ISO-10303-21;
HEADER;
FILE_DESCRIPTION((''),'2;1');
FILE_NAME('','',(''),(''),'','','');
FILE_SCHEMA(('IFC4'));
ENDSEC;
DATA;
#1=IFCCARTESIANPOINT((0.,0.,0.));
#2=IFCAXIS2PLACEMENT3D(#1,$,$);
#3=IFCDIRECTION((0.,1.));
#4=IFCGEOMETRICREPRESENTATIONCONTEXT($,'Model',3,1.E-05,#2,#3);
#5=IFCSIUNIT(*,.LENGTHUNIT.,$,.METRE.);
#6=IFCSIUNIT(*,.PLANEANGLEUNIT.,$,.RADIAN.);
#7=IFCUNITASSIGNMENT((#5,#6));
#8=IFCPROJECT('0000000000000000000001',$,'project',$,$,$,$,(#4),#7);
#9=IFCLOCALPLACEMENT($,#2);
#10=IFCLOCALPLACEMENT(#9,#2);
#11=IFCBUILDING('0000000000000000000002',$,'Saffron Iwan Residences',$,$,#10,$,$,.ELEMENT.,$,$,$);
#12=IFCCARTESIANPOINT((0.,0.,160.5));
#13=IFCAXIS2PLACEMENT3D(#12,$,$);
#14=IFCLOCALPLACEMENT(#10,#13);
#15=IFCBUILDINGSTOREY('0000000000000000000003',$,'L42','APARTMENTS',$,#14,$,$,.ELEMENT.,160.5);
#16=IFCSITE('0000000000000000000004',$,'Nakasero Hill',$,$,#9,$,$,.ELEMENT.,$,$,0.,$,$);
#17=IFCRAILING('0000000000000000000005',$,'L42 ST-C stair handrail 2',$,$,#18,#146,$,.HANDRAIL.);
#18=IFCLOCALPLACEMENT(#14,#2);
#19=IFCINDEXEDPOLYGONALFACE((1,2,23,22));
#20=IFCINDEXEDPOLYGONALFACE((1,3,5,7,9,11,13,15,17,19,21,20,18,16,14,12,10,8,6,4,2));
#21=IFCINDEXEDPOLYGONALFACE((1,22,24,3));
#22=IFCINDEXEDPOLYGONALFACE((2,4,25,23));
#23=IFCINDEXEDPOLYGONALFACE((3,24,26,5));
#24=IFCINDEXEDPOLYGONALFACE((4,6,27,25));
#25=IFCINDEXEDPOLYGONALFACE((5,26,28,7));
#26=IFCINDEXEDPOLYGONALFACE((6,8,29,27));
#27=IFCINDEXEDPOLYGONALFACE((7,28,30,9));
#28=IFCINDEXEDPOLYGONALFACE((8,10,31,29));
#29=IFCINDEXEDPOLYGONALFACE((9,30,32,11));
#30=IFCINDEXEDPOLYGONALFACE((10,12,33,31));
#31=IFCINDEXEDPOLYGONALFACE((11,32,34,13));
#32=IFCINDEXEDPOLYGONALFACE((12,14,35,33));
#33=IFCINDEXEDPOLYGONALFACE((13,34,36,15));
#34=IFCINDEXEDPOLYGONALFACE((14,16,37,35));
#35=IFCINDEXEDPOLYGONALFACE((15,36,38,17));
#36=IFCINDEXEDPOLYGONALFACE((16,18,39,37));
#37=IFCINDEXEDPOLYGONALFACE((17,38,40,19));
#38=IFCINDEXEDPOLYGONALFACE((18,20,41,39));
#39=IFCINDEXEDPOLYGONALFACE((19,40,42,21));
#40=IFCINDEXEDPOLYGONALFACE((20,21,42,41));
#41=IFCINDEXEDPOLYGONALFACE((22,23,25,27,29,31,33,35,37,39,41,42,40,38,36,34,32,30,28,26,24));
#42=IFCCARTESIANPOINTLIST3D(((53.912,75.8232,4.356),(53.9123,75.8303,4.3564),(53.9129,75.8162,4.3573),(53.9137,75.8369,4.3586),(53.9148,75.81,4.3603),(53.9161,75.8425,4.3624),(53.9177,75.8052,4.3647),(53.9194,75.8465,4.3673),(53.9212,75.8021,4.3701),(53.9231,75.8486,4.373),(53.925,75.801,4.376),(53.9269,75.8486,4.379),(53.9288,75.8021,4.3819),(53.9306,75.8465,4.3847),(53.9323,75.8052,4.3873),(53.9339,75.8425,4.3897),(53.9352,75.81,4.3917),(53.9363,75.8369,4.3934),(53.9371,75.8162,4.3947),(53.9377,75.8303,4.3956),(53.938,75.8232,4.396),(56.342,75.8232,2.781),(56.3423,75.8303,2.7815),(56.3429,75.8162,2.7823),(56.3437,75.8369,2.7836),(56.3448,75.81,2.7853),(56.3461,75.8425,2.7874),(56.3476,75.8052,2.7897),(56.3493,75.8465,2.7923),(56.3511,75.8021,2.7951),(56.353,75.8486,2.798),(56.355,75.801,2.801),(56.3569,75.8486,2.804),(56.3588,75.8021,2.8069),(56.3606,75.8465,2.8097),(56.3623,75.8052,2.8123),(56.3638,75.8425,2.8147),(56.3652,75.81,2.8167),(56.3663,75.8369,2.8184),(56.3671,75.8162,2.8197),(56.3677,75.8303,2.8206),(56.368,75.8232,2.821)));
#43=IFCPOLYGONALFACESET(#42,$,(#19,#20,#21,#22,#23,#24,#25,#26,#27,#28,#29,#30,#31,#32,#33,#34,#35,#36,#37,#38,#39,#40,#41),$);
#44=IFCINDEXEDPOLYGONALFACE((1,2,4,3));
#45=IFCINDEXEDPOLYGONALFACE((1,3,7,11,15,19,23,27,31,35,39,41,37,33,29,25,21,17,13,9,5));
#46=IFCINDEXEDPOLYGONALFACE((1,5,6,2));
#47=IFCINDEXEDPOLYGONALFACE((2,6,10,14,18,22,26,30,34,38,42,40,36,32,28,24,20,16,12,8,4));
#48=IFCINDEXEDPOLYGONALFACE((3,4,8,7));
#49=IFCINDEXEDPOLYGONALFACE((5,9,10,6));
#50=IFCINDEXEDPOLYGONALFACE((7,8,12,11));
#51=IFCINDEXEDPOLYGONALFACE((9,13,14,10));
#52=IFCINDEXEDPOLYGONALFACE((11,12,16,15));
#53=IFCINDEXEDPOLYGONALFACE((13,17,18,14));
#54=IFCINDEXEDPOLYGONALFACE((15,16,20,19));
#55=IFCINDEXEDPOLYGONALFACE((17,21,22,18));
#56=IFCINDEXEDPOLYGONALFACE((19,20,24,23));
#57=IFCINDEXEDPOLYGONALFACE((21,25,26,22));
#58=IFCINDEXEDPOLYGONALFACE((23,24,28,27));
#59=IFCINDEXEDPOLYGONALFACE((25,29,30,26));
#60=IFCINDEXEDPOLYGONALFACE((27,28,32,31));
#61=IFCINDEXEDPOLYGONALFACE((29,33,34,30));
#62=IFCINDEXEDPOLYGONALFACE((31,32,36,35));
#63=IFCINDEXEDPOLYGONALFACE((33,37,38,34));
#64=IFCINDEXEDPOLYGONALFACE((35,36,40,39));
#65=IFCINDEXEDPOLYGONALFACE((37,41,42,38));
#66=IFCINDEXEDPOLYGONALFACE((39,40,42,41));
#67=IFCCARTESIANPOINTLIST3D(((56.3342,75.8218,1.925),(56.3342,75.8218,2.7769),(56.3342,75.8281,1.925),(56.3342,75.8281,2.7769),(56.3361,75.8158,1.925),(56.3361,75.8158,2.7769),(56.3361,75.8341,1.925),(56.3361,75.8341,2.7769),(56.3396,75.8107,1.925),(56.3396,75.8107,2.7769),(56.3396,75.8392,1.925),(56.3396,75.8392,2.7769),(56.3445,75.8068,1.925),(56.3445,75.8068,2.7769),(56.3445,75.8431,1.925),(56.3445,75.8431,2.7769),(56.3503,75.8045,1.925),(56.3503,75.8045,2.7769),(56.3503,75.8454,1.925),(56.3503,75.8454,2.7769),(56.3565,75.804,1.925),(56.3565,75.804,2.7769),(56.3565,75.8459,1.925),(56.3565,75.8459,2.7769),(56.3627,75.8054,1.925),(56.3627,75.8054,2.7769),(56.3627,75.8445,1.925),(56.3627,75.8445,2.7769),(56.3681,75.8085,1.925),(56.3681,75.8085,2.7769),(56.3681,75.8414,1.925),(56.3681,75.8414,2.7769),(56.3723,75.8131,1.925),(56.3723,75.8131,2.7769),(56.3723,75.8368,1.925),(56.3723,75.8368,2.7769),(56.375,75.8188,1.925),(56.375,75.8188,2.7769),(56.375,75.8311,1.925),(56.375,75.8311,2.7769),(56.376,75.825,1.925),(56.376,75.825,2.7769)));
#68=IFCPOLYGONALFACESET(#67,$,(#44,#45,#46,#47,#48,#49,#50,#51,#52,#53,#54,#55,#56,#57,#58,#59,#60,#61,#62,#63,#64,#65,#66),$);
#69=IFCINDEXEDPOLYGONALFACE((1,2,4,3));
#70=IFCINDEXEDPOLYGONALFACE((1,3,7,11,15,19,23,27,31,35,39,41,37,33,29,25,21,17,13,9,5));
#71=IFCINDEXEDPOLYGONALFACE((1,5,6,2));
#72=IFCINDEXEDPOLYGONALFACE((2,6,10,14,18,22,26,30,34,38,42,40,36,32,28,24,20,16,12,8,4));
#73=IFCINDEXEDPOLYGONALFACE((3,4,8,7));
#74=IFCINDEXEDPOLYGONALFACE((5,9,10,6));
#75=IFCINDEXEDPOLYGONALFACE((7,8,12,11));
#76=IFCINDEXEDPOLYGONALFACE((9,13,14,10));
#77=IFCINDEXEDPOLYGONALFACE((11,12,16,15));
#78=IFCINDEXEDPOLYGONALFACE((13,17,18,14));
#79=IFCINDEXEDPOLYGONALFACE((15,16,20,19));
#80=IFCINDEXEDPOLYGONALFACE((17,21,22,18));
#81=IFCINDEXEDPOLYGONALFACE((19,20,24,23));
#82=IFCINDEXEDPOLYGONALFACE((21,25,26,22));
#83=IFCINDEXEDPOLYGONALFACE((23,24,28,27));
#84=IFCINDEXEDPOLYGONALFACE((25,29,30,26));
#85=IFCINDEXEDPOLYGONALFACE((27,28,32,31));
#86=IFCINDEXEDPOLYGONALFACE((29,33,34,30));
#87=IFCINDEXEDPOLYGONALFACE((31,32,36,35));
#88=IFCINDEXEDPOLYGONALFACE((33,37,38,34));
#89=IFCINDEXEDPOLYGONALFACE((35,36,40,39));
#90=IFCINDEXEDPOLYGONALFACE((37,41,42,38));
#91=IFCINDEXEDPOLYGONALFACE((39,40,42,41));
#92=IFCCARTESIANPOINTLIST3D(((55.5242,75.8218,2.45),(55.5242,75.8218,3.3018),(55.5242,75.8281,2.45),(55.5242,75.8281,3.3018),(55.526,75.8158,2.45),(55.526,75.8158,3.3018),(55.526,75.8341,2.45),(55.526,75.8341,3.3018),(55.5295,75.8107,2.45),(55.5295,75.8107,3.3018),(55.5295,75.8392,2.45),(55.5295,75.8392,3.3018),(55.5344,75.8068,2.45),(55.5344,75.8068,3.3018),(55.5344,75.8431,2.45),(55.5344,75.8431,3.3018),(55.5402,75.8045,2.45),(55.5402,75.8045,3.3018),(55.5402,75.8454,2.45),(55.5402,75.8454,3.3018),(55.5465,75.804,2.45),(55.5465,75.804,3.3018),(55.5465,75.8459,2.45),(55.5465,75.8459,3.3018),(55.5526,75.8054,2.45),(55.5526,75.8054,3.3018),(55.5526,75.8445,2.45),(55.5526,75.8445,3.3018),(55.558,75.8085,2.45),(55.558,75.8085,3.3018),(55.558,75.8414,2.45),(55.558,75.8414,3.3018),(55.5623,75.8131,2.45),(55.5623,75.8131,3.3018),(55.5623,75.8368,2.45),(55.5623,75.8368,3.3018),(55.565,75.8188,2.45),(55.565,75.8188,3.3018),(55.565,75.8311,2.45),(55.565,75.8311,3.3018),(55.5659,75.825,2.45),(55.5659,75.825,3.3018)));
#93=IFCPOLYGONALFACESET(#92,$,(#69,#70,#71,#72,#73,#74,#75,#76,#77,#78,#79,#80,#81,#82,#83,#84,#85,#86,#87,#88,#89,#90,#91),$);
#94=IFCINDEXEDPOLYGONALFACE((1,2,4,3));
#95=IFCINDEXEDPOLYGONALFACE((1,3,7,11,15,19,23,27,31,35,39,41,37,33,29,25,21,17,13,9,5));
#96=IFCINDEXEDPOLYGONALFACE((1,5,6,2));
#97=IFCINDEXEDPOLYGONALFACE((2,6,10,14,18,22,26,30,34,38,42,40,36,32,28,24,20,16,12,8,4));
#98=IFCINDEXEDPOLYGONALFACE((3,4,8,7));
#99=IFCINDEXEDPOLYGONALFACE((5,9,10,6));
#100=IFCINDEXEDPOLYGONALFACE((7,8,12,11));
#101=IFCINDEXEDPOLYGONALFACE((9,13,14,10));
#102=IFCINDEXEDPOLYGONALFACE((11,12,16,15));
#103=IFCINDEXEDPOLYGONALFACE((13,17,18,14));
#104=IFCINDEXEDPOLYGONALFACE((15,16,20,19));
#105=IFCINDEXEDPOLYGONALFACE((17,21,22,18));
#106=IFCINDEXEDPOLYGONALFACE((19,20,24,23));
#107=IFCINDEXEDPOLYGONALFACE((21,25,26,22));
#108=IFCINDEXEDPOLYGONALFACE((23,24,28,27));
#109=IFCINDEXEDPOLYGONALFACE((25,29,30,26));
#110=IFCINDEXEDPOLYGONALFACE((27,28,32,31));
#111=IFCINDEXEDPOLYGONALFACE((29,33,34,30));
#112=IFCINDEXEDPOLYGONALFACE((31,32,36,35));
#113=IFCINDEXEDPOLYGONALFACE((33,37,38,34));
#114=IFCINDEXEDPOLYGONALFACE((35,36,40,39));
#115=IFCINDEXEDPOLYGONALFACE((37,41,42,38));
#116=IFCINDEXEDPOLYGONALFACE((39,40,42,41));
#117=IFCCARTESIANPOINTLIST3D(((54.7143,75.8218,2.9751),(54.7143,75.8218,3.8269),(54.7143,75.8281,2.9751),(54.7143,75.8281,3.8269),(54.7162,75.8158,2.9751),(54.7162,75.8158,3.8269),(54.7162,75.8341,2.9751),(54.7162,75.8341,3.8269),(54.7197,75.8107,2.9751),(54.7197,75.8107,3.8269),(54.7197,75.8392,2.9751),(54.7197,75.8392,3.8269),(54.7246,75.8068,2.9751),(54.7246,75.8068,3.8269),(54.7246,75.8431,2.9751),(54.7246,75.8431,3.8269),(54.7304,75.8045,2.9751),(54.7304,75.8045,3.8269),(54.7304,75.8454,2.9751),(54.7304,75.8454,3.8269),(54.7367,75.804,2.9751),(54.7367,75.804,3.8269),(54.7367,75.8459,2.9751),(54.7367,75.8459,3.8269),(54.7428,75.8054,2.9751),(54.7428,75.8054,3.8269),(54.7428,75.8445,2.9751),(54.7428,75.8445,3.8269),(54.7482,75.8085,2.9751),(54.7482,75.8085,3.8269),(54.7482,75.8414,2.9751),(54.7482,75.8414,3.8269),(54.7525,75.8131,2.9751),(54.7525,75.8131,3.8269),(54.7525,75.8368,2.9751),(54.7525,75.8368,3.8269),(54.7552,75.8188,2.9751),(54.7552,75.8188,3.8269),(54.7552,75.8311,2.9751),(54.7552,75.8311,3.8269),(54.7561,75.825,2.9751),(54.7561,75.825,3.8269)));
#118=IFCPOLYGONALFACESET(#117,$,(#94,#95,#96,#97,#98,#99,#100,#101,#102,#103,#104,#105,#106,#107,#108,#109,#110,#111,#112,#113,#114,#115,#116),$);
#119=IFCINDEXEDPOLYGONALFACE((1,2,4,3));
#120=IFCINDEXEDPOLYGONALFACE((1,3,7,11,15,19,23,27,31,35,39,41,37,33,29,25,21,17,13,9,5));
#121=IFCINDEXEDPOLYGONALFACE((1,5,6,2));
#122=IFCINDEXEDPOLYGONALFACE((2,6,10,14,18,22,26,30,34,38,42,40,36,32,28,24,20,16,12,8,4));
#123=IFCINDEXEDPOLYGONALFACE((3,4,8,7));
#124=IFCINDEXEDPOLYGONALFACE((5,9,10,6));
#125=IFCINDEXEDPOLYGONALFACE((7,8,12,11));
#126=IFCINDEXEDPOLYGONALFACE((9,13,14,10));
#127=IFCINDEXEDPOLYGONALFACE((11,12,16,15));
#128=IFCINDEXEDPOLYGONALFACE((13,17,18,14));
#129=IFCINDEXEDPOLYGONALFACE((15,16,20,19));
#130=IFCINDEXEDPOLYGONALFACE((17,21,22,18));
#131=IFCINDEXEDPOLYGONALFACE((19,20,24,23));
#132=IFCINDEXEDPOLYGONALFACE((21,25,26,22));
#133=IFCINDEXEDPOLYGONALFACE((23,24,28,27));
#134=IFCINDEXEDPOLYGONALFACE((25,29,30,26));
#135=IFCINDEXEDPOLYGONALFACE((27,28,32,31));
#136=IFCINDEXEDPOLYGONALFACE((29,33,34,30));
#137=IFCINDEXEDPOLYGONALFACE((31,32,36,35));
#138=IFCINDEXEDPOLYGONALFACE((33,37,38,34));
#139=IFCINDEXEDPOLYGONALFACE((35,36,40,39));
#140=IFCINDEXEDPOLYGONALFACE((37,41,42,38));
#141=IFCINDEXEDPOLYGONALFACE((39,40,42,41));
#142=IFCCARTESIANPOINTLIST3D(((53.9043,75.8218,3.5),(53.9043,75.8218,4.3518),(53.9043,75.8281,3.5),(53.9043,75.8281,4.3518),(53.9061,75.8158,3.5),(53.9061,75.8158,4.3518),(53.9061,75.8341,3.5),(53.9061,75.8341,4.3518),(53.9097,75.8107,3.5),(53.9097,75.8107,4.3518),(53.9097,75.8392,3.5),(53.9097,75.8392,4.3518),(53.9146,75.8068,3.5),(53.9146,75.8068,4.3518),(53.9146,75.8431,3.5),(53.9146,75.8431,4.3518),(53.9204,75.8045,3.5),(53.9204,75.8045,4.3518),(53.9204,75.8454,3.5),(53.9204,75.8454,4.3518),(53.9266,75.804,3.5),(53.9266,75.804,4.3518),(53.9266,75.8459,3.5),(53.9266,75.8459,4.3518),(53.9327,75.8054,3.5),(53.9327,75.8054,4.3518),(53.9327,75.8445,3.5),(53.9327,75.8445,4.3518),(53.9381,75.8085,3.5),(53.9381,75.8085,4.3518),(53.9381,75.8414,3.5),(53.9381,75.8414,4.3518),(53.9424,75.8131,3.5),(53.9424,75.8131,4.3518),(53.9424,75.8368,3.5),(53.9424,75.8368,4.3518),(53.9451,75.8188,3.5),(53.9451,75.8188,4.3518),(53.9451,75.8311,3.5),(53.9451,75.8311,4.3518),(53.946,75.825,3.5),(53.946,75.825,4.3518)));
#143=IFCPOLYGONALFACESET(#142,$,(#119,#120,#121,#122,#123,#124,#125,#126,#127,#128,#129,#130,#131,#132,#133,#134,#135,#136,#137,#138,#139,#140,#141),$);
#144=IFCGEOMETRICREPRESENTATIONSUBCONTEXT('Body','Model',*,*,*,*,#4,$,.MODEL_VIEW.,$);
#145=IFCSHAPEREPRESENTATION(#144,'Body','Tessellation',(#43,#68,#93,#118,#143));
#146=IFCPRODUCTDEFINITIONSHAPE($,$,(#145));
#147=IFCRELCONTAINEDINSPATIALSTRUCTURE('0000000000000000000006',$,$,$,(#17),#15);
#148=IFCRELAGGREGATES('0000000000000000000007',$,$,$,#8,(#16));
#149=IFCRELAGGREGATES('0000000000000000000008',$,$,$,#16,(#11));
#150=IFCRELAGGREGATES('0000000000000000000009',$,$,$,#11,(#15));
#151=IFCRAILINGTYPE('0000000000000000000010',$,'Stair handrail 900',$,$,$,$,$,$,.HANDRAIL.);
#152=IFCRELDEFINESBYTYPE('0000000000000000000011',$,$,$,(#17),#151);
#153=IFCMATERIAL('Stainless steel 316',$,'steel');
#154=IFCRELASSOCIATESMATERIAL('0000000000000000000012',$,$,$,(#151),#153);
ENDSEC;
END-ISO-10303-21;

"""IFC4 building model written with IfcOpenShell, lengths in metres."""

from ifc_helpers import new_model, si_unit, direction, frame, origin, origin_2d, place, context, subcontext, project, spatial, circle, extrude, material, type_object, element, save


model = new_model("IFC4")

# Units and contexts
model_context = context("Model", 3, precision=1e-05, world=origin(), true_north=direction((0.0, 1.0)))
body_context = subcontext(model_context, "Body", "Model", "MODEL_VIEW")
ifc_project = project(units=[si_unit("LENGTHUNIT", "METRE"), si_unit("PLANEANGLEUNIT", "RADIAN")], contexts=[model_context])

# Site, building, storey
site_placement = place(None, origin())
site = spatial("IfcSite", under=ifc_project, at=site_placement, Name="Nakasero Hill", CompositionType="ELEMENT", RefElevation=0.0)
building_placement = place(site_placement, origin())
building = spatial("IfcBuilding", under=site, at=building_placement, Name="Saffron Iwan Residences", CompositionType="ELEMENT")
storey_placement = place(building_placement, frame((0.0, 0.0, 160.5)))
storey = spatial("IfcBuildingStorey", under=building, at=storey_placement, Name="L42", Description="APARTMENTS", CompositionType="ELEMENT", Elevation=160.5)

# Railing
ifc_material_1 = material(Name="Stainless steel 316", Category="steel")
railing_type_1 = type_object("IfcRailingType", Name="Stair handrail 900", PredefinedType="HANDRAIL", material=ifc_material_1)
railing_1_placement = place(storey_placement, frame((56.355, 75.825, 1.925)))
element("IfcRailing", 1, at=railing_1_placement, inside=storey, type_object=railing_type_1, Name="L42 ST-C stair handrail 2", PredefinedType="HANDRAIL", context=body_context, shape_type="SweptSolid", body=[
    extrude(circle(Radius=0.0239, at=origin_2d()), frame((0.0, 0.0, 0.876), z_axis=(-0.839154, 0.0, 0.543894), x_axis=(0.0, -1.0, 0.0)), (0.0, 0.0, 1.0), 2.8958),
    extrude(circle(Radius=0.021, at=origin_2d()), origin(), (0.0, 0.0, 1.0), 0.8518),
    extrude(circle(Radius=0.021, at=origin_2d()), frame((-0.8101, 0.0, 0.5249)), (0.0, 0.0, 1.0), 0.8518),
    extrude(circle(Radius=0.021, at=origin_2d()), frame((-1.6199, 0.0, 1.05)), (0.0, 0.0, 1.0), 0.8518),
    extrude(circle(Radius=0.021, at=origin_2d()), frame((-2.4299, 0.0, 1.575)), (0.0, 0.0, 1.0), 0.8518),
])

save(model, "model.ifc")
